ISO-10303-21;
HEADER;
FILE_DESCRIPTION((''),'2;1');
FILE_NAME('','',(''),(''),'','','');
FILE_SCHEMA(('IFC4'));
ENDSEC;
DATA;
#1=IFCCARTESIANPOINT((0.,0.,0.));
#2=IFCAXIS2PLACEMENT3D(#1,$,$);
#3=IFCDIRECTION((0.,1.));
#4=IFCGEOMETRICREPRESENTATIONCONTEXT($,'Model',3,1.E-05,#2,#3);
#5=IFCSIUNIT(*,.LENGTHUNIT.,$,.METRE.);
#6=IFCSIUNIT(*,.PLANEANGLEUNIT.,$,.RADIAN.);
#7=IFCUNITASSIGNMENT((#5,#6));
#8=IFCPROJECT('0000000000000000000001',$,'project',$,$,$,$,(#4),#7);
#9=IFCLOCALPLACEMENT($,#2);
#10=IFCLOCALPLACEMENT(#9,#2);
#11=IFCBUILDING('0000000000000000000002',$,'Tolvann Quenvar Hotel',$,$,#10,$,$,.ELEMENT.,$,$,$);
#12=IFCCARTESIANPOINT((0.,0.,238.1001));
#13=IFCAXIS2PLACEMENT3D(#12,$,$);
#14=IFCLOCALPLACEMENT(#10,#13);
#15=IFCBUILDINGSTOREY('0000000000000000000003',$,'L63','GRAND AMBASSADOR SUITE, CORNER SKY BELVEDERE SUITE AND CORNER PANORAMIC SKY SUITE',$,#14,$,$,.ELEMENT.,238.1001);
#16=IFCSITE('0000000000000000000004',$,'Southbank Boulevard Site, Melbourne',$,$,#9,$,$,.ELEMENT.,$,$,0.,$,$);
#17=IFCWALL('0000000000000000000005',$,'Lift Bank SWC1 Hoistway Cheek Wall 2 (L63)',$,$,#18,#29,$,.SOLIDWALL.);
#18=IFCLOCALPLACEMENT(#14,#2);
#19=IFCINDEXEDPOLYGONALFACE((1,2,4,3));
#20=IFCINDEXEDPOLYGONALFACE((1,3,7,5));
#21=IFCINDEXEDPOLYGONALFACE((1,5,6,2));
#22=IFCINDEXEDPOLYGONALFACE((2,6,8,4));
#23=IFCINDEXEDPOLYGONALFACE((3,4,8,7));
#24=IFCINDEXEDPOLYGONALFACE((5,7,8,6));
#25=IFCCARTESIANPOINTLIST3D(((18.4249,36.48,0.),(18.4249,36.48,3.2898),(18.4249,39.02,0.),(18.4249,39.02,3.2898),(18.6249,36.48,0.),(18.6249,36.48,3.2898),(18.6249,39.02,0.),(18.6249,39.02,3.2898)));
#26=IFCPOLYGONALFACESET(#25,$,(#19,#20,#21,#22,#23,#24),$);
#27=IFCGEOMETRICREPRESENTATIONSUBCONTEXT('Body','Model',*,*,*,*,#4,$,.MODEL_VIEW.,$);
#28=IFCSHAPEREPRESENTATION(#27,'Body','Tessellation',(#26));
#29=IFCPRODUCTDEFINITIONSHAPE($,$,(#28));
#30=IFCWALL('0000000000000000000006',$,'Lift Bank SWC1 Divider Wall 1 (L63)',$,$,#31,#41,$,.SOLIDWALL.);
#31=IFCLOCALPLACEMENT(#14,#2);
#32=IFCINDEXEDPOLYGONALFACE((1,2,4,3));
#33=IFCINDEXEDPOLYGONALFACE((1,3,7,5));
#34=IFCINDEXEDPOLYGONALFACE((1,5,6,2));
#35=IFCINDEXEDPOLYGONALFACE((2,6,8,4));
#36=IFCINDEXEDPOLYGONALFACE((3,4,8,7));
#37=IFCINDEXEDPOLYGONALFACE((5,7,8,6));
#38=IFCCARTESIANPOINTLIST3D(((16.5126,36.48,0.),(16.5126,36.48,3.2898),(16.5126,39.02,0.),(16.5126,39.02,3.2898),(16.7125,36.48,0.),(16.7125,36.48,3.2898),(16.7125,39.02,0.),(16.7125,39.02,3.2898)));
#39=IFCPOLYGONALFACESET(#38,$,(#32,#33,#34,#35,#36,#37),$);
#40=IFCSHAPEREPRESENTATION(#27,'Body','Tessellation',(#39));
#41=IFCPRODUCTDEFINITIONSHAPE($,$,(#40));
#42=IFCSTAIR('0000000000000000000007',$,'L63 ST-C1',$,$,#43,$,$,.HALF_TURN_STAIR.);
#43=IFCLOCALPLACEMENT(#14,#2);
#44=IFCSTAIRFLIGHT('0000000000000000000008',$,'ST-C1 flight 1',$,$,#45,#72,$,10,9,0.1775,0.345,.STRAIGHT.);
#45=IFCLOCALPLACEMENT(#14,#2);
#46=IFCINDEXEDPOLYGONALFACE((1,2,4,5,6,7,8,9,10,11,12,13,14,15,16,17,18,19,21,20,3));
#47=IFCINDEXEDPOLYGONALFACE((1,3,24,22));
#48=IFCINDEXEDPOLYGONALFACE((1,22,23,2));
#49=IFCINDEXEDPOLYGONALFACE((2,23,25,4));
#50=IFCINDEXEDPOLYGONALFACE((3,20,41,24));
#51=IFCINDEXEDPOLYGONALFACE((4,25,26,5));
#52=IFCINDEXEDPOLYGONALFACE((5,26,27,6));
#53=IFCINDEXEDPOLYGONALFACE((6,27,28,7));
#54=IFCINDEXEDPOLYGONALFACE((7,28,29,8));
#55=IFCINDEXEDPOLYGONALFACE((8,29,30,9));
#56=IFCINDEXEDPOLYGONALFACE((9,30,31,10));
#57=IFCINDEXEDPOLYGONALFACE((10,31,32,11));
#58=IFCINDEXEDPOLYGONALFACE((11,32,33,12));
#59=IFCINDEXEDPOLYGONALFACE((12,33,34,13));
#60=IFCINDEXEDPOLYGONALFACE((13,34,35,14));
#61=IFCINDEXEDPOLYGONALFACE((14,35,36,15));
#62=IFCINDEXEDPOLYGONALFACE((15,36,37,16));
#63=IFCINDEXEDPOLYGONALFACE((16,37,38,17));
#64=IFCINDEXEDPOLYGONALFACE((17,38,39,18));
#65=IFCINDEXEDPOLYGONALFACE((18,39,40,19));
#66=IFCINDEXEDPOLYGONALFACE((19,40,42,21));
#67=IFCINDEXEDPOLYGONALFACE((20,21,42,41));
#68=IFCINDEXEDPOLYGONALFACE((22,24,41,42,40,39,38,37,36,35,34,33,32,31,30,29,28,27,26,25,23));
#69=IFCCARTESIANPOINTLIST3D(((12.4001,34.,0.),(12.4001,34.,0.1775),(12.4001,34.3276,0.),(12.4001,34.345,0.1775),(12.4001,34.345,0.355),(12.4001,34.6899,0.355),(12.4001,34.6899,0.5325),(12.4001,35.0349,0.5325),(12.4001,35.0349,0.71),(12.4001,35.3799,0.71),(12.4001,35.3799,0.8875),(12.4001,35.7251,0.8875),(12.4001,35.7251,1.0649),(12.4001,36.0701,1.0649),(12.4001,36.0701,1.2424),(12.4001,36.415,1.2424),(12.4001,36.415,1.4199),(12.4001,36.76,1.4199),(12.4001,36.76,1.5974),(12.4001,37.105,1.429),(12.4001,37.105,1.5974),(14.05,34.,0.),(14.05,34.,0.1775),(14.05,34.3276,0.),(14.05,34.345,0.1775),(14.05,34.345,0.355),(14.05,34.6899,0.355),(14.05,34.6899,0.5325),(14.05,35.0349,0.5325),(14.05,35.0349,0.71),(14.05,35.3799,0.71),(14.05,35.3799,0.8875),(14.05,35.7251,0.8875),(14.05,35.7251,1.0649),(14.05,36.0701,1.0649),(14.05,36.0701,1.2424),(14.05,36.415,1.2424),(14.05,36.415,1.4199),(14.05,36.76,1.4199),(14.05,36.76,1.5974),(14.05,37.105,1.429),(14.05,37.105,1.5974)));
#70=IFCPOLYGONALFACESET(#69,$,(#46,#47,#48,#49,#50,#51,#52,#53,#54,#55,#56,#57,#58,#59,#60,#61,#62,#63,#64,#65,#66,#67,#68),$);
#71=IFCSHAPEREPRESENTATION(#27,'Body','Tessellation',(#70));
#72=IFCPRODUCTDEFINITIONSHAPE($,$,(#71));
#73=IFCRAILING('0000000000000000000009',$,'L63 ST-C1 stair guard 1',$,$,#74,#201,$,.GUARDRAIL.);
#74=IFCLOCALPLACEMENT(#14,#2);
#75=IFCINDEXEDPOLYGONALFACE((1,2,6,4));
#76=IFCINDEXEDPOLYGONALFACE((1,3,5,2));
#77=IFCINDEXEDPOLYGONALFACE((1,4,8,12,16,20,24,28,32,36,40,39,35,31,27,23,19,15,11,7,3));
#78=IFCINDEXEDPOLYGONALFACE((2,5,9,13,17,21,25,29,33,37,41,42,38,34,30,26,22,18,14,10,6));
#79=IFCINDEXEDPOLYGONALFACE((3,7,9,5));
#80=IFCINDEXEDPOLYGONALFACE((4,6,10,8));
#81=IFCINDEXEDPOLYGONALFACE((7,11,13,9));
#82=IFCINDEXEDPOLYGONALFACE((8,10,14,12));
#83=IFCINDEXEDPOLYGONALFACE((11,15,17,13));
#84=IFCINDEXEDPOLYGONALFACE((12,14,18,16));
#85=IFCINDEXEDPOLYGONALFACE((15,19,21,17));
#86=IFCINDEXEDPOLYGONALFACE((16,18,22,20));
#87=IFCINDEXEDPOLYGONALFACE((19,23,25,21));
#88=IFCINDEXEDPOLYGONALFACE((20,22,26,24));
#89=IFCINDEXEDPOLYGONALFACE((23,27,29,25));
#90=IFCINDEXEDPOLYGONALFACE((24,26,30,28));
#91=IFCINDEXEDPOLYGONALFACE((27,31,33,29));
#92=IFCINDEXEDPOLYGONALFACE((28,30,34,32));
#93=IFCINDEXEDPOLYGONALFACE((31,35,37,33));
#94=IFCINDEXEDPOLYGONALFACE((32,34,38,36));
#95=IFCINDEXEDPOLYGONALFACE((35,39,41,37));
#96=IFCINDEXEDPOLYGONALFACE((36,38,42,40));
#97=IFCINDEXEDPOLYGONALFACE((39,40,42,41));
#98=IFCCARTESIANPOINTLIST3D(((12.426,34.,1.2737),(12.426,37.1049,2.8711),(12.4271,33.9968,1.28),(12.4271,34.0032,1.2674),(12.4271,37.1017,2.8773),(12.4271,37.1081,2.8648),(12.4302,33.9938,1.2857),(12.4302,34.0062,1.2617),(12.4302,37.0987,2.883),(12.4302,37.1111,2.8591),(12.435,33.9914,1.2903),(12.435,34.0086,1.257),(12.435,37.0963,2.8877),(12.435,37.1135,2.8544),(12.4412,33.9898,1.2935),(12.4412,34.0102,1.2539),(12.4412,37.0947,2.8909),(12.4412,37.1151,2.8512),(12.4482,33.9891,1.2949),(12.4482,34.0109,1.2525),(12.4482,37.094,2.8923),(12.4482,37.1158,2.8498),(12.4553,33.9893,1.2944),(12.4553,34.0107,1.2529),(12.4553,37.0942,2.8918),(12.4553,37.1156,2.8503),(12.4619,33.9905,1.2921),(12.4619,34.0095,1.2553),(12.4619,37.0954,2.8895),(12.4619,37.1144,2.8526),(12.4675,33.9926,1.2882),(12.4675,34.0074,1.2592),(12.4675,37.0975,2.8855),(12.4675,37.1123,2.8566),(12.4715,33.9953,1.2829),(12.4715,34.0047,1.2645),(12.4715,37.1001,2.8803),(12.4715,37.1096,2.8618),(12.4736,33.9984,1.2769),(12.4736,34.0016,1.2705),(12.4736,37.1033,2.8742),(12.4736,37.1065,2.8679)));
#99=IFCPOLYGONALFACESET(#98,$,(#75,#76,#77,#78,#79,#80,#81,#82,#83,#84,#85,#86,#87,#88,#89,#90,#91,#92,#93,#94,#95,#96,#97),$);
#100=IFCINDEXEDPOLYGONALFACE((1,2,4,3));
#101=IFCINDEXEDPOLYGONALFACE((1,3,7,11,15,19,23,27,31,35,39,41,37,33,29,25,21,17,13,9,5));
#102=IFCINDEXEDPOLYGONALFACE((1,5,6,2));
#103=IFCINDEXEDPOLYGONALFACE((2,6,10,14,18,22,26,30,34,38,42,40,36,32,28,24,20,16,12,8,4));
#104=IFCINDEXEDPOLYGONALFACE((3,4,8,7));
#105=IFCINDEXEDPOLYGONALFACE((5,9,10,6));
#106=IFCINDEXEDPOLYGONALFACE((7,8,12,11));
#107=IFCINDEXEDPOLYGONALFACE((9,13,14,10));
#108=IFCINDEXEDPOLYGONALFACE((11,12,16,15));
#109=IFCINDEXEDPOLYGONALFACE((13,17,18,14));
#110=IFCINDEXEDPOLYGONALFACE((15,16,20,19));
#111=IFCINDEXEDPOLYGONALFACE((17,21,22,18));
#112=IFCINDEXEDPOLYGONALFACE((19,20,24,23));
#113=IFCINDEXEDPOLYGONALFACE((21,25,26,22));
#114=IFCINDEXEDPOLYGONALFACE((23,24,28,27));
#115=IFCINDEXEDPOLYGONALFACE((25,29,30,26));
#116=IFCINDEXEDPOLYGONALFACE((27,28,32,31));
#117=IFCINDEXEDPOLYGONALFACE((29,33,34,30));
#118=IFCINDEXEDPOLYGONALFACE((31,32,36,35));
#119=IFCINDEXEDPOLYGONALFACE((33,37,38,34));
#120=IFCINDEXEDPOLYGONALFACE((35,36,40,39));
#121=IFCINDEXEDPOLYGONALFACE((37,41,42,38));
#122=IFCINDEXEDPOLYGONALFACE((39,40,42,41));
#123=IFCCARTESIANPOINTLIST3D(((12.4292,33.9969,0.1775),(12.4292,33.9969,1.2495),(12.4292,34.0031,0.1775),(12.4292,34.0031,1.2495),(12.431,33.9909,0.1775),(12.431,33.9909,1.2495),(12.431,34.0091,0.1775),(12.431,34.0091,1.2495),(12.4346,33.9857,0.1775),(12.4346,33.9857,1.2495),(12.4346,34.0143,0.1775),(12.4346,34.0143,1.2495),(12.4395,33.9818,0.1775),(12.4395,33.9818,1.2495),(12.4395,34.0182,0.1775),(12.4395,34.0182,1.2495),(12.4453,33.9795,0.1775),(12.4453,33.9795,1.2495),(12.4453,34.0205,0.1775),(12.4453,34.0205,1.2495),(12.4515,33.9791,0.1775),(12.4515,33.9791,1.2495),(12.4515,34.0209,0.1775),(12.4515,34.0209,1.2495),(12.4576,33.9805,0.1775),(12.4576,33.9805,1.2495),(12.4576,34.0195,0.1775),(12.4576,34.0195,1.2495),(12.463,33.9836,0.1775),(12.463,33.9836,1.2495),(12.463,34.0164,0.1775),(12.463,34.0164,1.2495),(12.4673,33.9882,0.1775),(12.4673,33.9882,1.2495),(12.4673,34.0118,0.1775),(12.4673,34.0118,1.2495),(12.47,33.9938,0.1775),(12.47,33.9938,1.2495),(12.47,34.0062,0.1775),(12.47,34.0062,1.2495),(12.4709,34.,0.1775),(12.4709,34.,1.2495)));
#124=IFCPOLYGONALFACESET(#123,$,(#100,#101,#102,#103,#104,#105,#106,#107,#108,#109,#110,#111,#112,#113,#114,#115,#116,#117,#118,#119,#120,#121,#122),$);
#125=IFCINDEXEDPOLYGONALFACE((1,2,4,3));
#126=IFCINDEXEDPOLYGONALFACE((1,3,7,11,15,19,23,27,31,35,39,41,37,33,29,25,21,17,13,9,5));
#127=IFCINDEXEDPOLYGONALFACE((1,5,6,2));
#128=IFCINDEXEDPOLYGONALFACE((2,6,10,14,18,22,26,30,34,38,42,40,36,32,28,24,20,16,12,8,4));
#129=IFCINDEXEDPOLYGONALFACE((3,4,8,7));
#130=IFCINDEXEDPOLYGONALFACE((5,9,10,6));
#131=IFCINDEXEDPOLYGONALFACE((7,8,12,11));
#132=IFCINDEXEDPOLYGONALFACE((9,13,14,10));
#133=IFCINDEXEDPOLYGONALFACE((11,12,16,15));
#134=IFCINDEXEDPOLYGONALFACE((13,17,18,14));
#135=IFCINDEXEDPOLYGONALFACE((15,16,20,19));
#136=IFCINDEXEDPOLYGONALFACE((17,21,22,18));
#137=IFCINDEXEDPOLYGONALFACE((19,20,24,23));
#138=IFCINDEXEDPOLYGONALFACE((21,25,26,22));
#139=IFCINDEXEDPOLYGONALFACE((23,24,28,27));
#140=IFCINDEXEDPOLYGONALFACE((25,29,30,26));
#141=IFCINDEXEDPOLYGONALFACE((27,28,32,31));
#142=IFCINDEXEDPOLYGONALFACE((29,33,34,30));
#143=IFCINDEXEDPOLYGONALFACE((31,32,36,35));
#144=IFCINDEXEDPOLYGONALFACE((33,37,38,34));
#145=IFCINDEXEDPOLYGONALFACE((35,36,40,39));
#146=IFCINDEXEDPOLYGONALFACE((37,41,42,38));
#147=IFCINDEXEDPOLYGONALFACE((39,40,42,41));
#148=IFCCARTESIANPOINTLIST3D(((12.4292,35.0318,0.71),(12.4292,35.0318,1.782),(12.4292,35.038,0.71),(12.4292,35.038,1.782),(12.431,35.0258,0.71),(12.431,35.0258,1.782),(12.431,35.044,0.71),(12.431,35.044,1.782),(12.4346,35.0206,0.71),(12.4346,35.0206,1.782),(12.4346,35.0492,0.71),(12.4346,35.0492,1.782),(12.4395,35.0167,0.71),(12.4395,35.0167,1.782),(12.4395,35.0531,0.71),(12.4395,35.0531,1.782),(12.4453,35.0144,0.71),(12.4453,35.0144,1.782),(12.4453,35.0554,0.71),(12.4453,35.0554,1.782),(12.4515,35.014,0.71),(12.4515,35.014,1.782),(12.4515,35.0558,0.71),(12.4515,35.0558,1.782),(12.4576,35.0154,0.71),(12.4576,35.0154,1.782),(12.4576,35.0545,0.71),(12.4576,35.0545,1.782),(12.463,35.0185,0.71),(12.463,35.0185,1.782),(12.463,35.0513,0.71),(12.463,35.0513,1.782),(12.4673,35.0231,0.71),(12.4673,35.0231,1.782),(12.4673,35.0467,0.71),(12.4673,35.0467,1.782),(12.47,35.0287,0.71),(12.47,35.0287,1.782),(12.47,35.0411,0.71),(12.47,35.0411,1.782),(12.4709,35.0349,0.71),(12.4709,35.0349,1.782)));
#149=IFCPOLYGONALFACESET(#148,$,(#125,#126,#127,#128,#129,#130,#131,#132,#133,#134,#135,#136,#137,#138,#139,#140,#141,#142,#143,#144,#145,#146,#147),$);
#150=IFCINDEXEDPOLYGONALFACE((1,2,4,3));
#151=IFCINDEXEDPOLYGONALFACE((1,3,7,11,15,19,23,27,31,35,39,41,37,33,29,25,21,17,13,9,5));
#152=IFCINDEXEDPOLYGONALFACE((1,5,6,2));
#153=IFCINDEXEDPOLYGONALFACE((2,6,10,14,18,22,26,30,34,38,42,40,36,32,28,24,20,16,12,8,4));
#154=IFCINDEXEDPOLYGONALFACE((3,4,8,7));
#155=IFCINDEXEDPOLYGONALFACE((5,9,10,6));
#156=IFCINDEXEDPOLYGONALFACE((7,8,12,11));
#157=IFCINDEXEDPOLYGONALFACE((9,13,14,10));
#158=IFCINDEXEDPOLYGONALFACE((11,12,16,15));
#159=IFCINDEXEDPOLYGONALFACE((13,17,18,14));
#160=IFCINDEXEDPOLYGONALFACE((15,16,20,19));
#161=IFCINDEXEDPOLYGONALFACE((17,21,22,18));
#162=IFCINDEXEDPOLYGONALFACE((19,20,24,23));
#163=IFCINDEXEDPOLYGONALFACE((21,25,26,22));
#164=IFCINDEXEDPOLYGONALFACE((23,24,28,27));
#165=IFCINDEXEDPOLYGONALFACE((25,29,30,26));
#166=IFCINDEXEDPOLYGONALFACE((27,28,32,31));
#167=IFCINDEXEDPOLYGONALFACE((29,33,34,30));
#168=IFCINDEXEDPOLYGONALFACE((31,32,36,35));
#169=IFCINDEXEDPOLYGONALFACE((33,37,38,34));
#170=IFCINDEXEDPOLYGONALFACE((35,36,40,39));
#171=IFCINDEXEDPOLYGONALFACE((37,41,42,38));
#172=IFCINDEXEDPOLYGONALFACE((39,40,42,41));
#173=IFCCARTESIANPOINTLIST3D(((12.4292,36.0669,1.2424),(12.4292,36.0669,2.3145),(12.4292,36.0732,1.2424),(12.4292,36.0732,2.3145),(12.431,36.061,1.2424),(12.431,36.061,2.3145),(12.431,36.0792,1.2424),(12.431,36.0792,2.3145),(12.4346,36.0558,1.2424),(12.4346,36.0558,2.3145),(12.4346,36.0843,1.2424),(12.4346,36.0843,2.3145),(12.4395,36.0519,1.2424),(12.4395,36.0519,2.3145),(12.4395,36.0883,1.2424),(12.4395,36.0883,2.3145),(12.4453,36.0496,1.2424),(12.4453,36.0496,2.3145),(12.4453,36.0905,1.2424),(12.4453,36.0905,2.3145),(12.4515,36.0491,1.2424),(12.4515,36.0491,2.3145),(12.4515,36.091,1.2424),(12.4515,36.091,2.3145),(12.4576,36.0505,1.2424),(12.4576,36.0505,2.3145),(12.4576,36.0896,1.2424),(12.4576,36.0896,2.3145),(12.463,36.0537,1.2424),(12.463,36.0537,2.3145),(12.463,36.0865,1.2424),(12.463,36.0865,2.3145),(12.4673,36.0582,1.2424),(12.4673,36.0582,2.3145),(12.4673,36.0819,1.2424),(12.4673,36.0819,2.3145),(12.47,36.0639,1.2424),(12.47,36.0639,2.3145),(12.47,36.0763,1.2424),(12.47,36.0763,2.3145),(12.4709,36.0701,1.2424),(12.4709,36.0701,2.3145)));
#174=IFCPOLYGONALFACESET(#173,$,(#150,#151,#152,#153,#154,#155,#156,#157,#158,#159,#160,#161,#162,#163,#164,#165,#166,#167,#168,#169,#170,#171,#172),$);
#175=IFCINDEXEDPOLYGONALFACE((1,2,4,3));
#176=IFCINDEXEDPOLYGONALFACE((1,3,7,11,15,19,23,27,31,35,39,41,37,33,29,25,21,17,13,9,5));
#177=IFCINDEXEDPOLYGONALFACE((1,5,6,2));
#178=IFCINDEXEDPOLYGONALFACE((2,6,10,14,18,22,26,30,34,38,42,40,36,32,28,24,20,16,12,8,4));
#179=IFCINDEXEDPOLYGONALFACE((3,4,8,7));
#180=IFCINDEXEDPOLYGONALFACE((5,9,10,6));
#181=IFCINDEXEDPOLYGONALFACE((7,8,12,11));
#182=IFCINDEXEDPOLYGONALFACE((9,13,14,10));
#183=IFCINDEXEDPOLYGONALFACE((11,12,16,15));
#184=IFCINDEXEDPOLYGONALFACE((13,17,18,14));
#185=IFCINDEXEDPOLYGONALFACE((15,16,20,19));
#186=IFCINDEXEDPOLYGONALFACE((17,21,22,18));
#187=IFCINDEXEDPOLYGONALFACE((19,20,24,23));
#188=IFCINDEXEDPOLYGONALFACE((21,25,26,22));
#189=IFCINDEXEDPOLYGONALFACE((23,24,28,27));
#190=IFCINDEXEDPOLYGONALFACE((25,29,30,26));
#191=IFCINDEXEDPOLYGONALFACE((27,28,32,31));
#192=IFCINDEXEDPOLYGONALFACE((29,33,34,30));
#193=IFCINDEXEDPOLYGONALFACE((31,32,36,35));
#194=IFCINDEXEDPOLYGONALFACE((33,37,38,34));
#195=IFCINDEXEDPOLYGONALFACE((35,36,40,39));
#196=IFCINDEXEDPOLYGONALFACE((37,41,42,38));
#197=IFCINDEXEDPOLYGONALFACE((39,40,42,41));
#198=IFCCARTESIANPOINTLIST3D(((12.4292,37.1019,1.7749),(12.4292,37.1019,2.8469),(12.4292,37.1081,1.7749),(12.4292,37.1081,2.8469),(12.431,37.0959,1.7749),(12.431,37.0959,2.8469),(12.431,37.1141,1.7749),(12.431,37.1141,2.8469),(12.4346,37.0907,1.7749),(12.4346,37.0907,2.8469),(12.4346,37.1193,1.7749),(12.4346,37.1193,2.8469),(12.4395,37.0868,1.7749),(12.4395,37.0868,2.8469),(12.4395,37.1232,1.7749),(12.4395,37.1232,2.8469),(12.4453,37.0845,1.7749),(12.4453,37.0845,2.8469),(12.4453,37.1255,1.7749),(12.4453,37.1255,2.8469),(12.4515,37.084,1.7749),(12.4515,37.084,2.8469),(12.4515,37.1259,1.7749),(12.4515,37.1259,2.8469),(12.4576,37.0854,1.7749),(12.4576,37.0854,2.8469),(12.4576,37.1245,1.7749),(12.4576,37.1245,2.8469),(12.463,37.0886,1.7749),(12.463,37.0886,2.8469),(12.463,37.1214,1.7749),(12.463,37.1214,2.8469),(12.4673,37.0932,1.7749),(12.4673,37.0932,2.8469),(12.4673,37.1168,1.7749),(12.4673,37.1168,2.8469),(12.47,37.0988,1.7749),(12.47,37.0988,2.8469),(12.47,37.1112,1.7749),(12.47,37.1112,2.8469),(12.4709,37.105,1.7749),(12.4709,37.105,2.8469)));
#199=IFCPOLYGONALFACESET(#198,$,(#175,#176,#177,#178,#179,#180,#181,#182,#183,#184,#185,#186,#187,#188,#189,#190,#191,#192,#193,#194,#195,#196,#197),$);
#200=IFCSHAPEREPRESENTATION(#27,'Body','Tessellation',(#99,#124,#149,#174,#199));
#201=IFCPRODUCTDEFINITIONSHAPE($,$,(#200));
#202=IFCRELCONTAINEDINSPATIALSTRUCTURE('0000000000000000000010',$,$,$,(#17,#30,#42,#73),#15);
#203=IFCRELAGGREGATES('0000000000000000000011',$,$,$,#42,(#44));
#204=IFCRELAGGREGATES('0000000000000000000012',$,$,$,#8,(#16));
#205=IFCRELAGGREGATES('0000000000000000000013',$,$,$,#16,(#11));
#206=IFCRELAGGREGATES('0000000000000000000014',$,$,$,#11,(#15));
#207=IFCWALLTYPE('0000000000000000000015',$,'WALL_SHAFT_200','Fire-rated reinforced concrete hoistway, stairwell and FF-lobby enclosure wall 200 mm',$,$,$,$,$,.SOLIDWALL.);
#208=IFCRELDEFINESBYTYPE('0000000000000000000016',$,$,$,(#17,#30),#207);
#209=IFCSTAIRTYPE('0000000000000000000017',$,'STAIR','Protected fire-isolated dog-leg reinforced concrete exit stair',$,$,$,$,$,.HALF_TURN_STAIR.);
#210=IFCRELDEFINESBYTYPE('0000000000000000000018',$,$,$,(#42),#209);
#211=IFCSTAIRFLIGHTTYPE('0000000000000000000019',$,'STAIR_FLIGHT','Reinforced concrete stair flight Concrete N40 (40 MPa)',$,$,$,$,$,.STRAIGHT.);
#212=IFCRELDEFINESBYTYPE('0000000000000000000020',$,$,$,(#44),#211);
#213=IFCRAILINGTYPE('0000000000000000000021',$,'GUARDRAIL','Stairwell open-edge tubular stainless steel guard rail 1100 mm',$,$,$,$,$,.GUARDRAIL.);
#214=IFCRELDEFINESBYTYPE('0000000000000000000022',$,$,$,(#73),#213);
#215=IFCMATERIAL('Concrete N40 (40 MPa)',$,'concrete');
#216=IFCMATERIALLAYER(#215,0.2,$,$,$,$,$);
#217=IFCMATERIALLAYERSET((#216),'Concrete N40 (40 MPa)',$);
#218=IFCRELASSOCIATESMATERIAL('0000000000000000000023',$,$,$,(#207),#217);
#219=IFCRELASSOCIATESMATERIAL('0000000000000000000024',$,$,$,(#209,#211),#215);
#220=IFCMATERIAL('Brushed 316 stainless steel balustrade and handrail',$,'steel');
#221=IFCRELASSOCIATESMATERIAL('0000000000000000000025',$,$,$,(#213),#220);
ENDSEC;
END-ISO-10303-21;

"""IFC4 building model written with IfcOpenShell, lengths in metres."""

from ifc_helpers import new_model, si_unit, direction, frame, frame_2d, origin, origin_2d, place, context, subcontext, project, spatial, polyline, rectangle, circle, outline, extrude, material, layer, layer_set, type_object, element, aggregate, save


model = new_model("IFC4")

# Units and contexts
model_context = context("Model", 3, precision=1e-05, world=origin(), true_north=direction((0.0, 1.0)))
body_context = subcontext(model_context, "Body", "Model", "MODEL_VIEW")
ifc_project = project(units=[si_unit("LENGTHUNIT", "METRE"), si_unit("PLANEANGLEUNIT", "RADIAN")], contexts=[model_context])

# Site, building, storey
site_placement = place(None, origin())
site = spatial("IfcSite", under=ifc_project, at=site_placement, Name="Southbank Boulevard Site, Melbourne", CompositionType="ELEMENT", RefElevation=0.0)
building_placement = place(site_placement, origin())
building = spatial("IfcBuilding", under=site, at=building_placement, Name="Tolvann Quenvar Hotel", CompositionType="ELEMENT")
storey_placement = place(building_placement, frame((0.0, 0.0, 238.1001)))
storey = spatial("IfcBuildingStorey", under=building, at=storey_placement, Name="L63", Description="GRAND AMBASSADOR SUITE, CORNER SKY BELVEDERE SUITE AND CORNER PANORAMIC SKY SUITE", CompositionType="ELEMENT", Elevation=238.1001)

# Shared definitions
ifc_material_1 = material(Name="Concrete N40 (40 MPa)", Category="concrete")
ifc_layer_1 = layer(ifc_material_1, 0.2)
ifc_layer_set_1 = layer_set([ifc_layer_1], Name="Concrete N40 (40 MPa)")
wall_type_1 = type_object("IfcWallType", Name="WALL_SHAFT_200", Description="Fire-rated reinforced concrete hoistway, stairwell and FF-lobby enclosure wall 200 mm", PredefinedType="SOLIDWALL", material=ifc_layer_set_1)

# Walls
for number, where, z_axis, x_axis, name in (
    (1, (18.5249, 36.48, 0.0), (0.0, 0.0, 1.0), (0.0, 1.0, 0.0), "Lift Bank SWC1 Hoistway Cheek Wall 2 (L63)"),
    (2, (16.6125, 36.48, 0.0), (0.0, 0.0, 1.0), (0.0, 1.0, 0.0), "Lift Bank SWC1 Divider Wall 1 (L63)"),
):
    element("IfcWall", number, at=place(storey_placement, frame(where, z_axis=z_axis, x_axis=x_axis)), inside=storey, type_object=wall_type_1, Name=name, PredefinedType="SOLIDWALL", context=body_context, shape_type="SweptSolid", body=[
        extrude(rectangle(XDim=2.54, YDim=0.2, at=frame_2d((1.27, 0.0))), origin(), (0.0, 0.0, 1.0), 3.2898),
    ])

# Stair, stair flight
stair_type = type_object("IfcStairType", Name="STAIR", Description="Protected fire-isolated dog-leg reinforced concrete exit stair", PredefinedType="HALF_TURN_STAIR", material=ifc_material_1)
stair_placement = place(storey_placement, origin())
stair = element("IfcStair", 3, at=stair_placement, inside=storey, type_object=stair_type, Name="L63 ST-C1", PredefinedType="HALF_TURN_STAIR")
stair_flight_type = type_object("IfcStairFlightType", Name="STAIR_FLIGHT", Description="Reinforced concrete stair flight Concrete N40 (40 MPa)", PredefinedType="STRAIGHT", material=ifc_material_1)
stair_flight_placement = place(storey_placement, frame((13.2251, 34.0, 0.0), z_axis=(0.0, 0.0, 1.0), x_axis=(0.0, 1.0, 0.0)))
stair_flight = element("IfcStairFlight", 4, at=stair_flight_placement, type_object=stair_flight_type, Name="ST-C1 flight 1", NumberOfRisers=10, NumberOfTreads=9, PredefinedType="STRAIGHT", RiserHeight=0.1775, TreadLength=0.345, context=body_context, shape_type="SweptSolid", body=[
    extrude(outline(polyline([(0.0, 0.0), (0.0, 0.1775), (0.345, 0.1775), (0.345, 0.355), (0.6899, 0.355), (0.6899, 0.5325), (1.0349, 0.5325), (1.0349, 0.71), (1.3799, 0.71), (1.3799, 0.8875), (1.7251, 0.8875), (1.7251, 1.0649), (2.0701, 1.0649), (2.0701, 1.2424), (2.415, 1.2424), (2.415, 1.4199), (2.76, 1.4199), (2.76, 1.5974), (3.105, 1.5974), (3.105, 1.7749), (3.105, 1.429), (0.3276, 0.0), (0.0, 0.0)])), frame((0.0, 0.825, 0.0), z_axis=(0.0, -1.0, 0.0), x_axis=(1.0, 0.0, 0.0)), (0.0, 0.0, 1.0), 1.6499),
])
aggregate(stair, [stair_flight])

# Railing
ifc_material_2 = material(Name="Brushed 316 stainless steel balustrade and handrail", Category="steel")
railing_type_1 = type_object("IfcRailingType", Name="GUARDRAIL", Description="Stairwell open-edge tubular stainless steel guard rail 1100 mm", PredefinedType="GUARDRAIL", material=ifc_material_2)
railing_1_placement = place(storey_placement, frame((12.45, 34.0, 0.1775)))
element("IfcRailing", 5, at=railing_1_placement, inside=storey, type_object=railing_type_1, Name="L63 ST-C1 stair guard 1", PredefinedType="GUARDRAIL", context=body_context, shape_type="SweptSolid", body=[
    extrude(circle(Radius=0.0239, at=origin_2d()), frame((0.0, 0.0, 1.0962), z_axis=(0.0, 0.889222, 0.457476), x_axis=(-1.0, 0.0, 0.0)), (0.0, 0.0, 1.0), 3.4917),
    extrude(circle(Radius=0.021, at=origin_2d()), origin(), (0.0, 0.0, 1.0), 1.072),
    extrude(circle(Radius=0.021, at=origin_2d()), frame((0.0, 1.0349, 0.5325)), (0.0, 0.0, 1.0), 1.072),
    extrude(circle(Radius=0.021, at=origin_2d()), frame((0.0, 2.0701, 1.0649)), (0.0, 0.0, 1.0), 1.072),
    extrude(circle(Radius=0.021, at=origin_2d()), frame((0.0, 3.105, 1.5974)), (0.0, 0.0, 1.0), 1.072),
])

save(model, "model.ifc")
